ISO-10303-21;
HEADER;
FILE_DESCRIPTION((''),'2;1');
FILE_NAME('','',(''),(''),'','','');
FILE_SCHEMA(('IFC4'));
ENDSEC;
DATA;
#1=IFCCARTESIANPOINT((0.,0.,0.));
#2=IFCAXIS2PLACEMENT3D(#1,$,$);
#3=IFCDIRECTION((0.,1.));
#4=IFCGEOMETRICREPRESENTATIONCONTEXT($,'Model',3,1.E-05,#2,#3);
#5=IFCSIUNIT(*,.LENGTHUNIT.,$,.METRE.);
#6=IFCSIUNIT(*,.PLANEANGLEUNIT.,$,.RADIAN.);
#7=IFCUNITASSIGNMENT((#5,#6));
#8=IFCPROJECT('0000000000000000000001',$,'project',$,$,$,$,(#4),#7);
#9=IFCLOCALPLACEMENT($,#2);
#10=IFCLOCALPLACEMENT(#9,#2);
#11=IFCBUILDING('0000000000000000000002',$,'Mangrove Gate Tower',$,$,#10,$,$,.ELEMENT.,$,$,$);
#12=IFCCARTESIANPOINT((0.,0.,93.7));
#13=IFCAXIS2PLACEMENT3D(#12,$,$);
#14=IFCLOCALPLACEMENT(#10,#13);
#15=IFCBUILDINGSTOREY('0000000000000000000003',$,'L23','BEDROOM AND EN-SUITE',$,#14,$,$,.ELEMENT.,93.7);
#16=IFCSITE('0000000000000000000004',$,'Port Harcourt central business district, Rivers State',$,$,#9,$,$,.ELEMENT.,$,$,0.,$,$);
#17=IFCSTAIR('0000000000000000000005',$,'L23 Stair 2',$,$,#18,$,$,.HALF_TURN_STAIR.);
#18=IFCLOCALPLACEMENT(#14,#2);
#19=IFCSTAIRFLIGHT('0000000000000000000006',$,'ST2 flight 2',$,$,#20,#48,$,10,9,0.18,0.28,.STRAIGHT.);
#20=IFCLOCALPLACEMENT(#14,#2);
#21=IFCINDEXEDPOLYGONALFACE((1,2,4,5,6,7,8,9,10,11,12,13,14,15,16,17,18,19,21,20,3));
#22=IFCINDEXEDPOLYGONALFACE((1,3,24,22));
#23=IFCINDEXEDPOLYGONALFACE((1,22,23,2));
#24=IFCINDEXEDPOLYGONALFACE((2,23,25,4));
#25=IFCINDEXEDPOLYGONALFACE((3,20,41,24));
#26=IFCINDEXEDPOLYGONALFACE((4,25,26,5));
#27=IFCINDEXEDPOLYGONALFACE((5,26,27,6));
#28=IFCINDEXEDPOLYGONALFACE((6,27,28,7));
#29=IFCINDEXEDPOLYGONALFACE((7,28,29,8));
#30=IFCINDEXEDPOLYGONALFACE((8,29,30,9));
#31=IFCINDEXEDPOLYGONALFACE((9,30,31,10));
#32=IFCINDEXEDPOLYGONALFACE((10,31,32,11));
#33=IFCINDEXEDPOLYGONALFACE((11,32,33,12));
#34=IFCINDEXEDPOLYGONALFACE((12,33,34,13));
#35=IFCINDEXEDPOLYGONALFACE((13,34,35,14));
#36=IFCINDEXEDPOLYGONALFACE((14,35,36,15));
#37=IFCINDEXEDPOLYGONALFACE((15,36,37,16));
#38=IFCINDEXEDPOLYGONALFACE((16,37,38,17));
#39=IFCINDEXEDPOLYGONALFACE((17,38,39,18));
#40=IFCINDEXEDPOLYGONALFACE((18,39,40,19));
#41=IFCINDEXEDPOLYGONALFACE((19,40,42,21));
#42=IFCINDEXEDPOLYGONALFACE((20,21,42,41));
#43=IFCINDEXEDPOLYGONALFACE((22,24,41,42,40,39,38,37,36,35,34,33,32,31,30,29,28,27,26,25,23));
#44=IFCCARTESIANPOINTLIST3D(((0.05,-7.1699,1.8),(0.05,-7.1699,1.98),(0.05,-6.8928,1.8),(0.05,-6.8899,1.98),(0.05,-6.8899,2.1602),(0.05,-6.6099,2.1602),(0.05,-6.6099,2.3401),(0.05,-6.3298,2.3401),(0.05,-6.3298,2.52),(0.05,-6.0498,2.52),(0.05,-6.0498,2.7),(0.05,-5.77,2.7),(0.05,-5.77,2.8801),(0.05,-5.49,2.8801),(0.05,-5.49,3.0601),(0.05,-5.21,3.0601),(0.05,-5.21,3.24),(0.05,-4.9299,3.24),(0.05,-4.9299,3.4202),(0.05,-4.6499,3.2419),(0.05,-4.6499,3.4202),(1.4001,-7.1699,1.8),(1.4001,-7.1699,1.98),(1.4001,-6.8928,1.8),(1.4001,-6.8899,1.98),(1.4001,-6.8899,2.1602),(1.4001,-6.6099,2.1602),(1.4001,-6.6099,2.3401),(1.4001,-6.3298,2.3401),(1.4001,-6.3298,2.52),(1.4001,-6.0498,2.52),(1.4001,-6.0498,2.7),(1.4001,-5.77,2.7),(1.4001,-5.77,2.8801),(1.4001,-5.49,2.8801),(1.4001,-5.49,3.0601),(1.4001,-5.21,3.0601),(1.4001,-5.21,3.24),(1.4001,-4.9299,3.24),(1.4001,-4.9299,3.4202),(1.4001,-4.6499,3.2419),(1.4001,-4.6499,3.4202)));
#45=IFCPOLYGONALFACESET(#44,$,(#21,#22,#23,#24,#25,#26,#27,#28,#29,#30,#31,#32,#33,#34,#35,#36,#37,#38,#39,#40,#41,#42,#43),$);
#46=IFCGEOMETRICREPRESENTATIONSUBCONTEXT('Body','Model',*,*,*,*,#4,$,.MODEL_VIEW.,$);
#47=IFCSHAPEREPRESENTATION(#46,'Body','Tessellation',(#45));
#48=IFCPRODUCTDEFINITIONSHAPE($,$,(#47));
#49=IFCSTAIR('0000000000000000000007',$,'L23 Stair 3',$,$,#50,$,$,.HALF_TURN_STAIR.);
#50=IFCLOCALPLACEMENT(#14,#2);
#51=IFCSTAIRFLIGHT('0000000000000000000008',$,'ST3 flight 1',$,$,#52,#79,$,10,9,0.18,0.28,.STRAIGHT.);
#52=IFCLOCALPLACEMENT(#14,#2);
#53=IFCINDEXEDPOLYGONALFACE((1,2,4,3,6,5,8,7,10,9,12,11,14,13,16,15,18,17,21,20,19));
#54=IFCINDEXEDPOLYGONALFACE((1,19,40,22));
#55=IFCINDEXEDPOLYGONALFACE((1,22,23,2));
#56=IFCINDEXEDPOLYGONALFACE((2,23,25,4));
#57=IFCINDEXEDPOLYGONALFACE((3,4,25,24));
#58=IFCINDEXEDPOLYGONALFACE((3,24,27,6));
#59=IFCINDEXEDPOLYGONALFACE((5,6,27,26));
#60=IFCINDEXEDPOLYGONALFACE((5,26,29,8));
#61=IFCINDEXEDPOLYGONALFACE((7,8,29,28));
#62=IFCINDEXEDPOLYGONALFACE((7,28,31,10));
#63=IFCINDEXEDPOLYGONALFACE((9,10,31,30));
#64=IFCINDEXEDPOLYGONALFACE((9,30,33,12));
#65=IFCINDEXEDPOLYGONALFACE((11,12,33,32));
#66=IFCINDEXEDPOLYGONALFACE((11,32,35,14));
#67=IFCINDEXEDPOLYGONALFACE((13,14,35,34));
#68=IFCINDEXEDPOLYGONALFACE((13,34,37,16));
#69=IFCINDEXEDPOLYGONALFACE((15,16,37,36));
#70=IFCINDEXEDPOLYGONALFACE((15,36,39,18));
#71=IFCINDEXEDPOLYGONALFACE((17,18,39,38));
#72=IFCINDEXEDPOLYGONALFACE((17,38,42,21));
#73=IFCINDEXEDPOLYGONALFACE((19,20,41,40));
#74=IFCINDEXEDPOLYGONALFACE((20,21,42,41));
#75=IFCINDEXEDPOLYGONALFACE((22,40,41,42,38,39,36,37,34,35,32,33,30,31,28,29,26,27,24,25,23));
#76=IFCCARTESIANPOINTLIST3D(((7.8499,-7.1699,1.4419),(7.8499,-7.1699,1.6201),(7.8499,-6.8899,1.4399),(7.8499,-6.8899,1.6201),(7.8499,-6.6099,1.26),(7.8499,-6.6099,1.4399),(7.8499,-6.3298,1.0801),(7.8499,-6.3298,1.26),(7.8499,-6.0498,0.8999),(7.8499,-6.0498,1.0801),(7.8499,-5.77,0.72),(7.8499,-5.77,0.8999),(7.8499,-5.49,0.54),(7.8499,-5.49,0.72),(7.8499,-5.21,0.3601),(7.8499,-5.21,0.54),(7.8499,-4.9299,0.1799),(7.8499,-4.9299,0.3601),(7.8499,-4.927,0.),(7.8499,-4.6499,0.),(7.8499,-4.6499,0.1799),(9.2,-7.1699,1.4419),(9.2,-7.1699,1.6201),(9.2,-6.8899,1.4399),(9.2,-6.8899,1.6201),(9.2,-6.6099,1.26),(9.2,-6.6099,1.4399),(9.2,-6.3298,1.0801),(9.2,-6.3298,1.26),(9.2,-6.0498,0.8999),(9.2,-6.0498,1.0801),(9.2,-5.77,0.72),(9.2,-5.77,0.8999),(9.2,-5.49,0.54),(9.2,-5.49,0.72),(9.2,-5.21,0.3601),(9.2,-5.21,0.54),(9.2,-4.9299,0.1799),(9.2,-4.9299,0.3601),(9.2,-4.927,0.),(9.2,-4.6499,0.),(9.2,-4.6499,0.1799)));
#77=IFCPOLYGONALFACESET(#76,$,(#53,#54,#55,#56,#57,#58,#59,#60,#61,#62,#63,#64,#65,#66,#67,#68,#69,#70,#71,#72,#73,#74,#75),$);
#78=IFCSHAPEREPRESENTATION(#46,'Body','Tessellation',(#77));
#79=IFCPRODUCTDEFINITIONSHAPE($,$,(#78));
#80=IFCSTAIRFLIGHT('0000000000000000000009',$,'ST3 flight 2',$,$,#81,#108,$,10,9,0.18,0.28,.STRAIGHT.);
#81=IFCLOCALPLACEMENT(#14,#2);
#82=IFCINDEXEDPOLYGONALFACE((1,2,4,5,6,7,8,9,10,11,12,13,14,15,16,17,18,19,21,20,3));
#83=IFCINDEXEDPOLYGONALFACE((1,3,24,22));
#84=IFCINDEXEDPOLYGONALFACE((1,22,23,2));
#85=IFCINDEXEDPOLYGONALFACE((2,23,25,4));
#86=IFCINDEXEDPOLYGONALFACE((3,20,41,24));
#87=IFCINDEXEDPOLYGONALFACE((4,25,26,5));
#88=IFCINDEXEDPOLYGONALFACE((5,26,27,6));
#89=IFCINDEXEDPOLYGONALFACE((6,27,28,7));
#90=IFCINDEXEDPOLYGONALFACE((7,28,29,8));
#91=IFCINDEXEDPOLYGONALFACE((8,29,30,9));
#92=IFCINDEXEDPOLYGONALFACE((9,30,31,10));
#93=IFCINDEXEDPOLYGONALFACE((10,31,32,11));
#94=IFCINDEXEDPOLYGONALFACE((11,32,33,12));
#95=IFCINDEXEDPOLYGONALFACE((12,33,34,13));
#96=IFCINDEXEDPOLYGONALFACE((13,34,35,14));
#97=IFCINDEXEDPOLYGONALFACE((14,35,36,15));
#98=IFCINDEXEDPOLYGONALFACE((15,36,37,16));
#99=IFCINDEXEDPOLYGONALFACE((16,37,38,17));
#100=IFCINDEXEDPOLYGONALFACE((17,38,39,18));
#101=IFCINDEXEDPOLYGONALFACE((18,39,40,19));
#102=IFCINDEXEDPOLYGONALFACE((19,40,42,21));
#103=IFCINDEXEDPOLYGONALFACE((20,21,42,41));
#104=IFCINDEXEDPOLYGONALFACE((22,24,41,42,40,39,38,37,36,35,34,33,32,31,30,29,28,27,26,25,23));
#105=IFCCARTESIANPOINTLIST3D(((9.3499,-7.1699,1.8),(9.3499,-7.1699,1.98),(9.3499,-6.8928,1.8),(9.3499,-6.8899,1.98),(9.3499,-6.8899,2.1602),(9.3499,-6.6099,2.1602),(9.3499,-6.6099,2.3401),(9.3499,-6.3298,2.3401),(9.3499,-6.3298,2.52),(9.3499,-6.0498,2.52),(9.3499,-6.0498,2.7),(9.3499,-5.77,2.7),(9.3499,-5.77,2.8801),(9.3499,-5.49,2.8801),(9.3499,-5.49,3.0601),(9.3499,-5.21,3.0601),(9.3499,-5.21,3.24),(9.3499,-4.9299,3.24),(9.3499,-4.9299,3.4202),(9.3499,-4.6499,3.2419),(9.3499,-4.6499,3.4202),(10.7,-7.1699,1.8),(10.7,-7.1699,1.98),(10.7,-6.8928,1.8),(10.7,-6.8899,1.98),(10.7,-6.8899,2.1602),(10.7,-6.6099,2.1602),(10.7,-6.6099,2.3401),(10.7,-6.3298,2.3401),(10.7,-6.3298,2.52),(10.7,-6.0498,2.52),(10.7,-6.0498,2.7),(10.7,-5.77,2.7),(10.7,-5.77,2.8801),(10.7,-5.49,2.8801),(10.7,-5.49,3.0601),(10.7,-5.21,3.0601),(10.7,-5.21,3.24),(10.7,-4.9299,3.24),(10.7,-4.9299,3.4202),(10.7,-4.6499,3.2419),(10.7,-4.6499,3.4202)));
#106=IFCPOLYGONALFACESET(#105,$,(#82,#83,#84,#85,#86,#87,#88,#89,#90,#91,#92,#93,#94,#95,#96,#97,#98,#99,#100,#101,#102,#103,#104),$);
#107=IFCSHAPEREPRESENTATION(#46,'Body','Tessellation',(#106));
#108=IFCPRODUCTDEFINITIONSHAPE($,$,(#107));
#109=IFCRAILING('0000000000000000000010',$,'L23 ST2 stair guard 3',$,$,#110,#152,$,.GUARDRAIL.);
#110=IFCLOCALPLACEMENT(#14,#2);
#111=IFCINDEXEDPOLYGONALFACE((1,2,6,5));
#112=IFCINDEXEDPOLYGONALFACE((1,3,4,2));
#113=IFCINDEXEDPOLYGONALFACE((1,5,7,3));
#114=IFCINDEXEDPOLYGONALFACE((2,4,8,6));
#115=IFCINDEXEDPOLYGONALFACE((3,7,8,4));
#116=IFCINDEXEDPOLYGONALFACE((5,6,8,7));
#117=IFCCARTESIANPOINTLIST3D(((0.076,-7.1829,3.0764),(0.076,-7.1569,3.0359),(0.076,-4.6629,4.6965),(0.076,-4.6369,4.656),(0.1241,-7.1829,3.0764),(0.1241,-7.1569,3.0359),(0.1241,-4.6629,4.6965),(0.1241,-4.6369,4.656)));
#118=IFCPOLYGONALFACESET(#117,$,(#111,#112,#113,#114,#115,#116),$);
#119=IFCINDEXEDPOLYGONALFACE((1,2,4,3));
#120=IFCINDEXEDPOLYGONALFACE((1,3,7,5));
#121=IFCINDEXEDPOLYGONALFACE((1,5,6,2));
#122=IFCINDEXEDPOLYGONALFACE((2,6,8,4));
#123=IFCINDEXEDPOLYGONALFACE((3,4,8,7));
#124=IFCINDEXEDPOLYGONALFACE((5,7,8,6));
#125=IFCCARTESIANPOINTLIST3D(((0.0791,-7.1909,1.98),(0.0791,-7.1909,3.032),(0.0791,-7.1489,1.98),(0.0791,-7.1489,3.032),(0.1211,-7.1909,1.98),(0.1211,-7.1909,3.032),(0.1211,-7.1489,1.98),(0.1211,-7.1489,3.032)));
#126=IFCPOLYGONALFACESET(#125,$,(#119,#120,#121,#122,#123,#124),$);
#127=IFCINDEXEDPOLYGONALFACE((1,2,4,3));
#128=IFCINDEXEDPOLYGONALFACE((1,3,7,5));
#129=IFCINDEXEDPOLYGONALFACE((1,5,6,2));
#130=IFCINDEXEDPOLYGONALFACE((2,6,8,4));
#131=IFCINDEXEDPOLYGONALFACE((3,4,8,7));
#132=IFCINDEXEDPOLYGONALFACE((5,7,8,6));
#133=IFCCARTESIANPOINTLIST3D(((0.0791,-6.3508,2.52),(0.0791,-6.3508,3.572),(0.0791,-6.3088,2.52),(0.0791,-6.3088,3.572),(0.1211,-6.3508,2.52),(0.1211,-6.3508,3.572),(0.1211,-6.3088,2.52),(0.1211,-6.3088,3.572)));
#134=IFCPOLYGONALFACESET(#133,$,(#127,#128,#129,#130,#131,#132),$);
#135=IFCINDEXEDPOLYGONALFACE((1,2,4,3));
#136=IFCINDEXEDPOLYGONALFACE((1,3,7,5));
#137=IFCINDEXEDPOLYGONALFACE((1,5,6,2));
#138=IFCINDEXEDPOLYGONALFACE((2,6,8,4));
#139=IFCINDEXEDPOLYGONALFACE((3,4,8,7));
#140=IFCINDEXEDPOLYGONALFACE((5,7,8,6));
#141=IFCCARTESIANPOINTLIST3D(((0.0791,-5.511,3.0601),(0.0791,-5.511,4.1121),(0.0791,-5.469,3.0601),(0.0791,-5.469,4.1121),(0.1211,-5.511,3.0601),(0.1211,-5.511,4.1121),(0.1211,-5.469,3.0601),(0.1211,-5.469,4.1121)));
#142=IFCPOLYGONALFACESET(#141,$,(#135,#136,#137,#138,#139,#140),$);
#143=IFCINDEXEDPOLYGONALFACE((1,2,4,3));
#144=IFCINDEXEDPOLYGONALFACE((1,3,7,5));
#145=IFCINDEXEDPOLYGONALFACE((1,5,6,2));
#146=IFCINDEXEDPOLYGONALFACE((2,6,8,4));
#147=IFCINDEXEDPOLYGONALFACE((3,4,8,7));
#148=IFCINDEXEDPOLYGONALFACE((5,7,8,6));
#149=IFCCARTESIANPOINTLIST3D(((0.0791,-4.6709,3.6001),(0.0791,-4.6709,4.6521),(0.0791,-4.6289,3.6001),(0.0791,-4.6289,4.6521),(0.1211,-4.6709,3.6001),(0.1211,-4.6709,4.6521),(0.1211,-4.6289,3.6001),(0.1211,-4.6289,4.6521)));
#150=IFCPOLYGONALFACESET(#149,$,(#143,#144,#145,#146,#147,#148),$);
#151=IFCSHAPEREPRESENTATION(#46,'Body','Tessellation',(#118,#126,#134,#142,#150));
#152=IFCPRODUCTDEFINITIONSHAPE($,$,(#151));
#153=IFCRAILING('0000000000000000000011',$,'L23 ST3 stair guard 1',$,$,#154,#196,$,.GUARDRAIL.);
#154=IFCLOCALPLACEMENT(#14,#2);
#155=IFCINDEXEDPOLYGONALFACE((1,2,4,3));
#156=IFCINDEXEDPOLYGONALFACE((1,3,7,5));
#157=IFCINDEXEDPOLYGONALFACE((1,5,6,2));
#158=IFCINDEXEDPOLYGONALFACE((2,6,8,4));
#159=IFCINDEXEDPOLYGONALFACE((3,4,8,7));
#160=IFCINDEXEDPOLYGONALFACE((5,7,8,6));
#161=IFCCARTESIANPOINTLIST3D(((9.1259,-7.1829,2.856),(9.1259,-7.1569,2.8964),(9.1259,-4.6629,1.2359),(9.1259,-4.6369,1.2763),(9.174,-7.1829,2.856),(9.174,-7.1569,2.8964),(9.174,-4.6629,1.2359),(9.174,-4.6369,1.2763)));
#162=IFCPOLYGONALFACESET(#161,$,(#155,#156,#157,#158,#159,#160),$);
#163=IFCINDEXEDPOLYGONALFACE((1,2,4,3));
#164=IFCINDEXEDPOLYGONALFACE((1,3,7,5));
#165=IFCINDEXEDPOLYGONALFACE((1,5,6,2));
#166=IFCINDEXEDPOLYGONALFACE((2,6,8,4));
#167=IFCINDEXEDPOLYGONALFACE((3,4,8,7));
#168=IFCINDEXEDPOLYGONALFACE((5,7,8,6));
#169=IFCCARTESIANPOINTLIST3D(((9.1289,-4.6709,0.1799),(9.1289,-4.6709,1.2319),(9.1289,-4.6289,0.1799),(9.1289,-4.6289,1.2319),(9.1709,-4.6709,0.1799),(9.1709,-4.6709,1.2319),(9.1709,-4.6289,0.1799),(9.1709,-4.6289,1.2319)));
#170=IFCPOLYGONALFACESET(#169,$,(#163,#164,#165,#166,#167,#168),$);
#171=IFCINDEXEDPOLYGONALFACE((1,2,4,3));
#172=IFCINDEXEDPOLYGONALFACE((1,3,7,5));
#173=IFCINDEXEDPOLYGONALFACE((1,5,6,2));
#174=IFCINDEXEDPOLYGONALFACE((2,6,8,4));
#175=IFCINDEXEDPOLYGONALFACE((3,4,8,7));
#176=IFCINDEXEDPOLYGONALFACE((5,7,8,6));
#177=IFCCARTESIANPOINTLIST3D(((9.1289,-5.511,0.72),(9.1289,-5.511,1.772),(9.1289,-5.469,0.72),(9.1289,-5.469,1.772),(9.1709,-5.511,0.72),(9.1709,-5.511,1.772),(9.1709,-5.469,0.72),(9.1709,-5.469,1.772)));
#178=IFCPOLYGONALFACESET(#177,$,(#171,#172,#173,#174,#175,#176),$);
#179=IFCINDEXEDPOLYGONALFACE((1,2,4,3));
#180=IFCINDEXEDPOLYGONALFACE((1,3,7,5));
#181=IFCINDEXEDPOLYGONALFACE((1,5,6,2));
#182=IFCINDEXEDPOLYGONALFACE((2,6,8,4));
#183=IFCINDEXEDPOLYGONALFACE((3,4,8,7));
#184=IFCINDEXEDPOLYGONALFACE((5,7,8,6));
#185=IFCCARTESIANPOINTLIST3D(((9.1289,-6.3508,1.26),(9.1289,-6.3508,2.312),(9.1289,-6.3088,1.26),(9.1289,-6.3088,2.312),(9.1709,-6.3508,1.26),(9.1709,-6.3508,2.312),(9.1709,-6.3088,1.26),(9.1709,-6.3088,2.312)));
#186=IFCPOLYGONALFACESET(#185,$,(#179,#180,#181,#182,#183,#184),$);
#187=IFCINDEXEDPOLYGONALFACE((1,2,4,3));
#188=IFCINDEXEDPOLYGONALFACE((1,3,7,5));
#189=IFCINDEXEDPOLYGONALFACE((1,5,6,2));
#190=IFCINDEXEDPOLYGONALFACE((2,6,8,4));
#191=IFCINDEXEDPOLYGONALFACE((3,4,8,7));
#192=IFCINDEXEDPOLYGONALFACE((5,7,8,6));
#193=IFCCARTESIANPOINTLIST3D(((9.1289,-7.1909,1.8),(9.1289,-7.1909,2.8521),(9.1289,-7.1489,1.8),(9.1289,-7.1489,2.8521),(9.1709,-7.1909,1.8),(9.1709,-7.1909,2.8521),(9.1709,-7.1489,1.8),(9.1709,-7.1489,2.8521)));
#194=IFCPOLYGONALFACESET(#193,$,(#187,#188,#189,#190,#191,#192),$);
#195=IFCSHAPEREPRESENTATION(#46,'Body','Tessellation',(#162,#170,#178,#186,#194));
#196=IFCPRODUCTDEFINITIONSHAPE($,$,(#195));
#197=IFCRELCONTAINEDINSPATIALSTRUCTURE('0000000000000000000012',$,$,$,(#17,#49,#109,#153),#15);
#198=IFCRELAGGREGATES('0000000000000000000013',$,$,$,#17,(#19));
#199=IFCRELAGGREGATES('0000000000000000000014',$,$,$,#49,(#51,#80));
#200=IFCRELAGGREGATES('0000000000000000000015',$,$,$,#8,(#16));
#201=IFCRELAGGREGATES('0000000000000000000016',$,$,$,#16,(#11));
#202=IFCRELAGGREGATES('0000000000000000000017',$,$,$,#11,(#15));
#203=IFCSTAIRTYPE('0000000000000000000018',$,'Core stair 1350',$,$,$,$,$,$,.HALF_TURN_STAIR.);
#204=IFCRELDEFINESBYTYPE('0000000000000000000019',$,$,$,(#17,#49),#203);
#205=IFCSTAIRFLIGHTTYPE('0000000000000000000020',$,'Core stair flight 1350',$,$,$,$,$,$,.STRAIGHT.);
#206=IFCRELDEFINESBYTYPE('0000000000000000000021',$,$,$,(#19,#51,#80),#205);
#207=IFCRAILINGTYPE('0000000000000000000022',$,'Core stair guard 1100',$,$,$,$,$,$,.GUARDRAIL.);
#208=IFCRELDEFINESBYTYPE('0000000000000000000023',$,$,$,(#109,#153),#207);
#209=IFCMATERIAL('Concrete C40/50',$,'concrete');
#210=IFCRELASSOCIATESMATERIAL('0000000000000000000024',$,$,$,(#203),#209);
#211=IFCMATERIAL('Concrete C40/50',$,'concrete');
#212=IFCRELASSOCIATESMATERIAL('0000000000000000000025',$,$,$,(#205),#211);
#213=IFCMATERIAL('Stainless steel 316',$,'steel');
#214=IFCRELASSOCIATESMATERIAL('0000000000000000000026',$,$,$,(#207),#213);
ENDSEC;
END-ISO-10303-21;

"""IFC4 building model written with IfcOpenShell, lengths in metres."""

from ifc_helpers import new_model, si_unit, direction, frame, origin, origin_2d, place, context, subcontext, project, spatial, polyline, rectangle, outline, extrude, material, type_object, element, aggregate, save


model = new_model("IFC4")

# Units and contexts
model_context = context("Model", 3, precision=1e-05, world=origin(), true_north=direction((0.0, 1.0)))
body_context = subcontext(model_context, "Body", "Model", "MODEL_VIEW")
ifc_project = project(units=[si_unit("LENGTHUNIT", "METRE"), si_unit("PLANEANGLEUNIT", "RADIAN")], contexts=[model_context])

# Site, building, storey
site_placement = place(None, origin())
site = spatial("IfcSite", under=ifc_project, at=site_placement, Name="Port Harcourt central business district, Rivers State", CompositionType="ELEMENT", RefElevation=0.0)
building_placement = place(site_placement, origin())
building = spatial("IfcBuilding", under=site, at=building_placement, Name="Mangrove Gate Tower", CompositionType="ELEMENT")
storey_placement = place(building_placement, frame((0.0, 0.0, 93.7)))
storey = spatial("IfcBuildingStorey", under=building, at=storey_placement, Name="L23", Description="BEDROOM AND EN-SUITE", CompositionType="ELEMENT", Elevation=93.7)

# Stair, stair flight
ifc_material_1 = material(Name="Concrete C40/50", Category="concrete")
stair_type = type_object("IfcStairType", Name="Core stair 1350", PredefinedType="HALF_TURN_STAIR", material=ifc_material_1)
stair_1_placement = place(storey_placement, origin())
stair_1 = element("IfcStair", 1, at=stair_1_placement, inside=storey, type_object=stair_type, Name="L23 Stair 2", PredefinedType="HALF_TURN_STAIR")
ifc_material_2 = material(Name="Concrete C40/50", Category="concrete")
stair_flight_type = type_object("IfcStairFlightType", Name="Core stair flight 1350", PredefinedType="STRAIGHT", material=ifc_material_2)
stair_flight_1_placement = place(storey_placement, frame((0.7251, -7.1699, 1.8), z_axis=(0.0, 0.0, 1.0), x_axis=(0.0, 1.0, 0.0)))
stair_flight_1 = element("IfcStairFlight", 2, at=stair_flight_1_placement, type_object=stair_flight_type, Name="ST2 flight 2", NumberOfRisers=10, NumberOfTreads=9, PredefinedType="STRAIGHT", RiserHeight=0.18, TreadLength=0.28, context=body_context, shape_type="SweptSolid", body=[
    extrude(outline(polyline([(0.0, 0.0), (0.0, 0.1799), (0.28, 0.1799), (0.28, 0.3601), (0.5601, 0.3601), (0.5601, 0.54), (0.8401, 0.54), (0.8401, 0.72), (1.1201, 0.72), (1.1201, 0.8999), (1.3999, 0.8999), (1.3999, 1.0801), (1.6799, 1.0801), (1.6799, 1.26), (1.96, 1.26), (1.96, 1.4399), (2.24, 1.4399), (2.24, 1.6201), (2.52, 1.6201), (2.52, 1.8), (2.52, 1.4419), (0.2771, 0.0), (0.0, 0.0)])), frame((0.0, 0.675, 0.0), z_axis=(0.0, -1.0, 0.0), x_axis=(1.0, 0.0, 0.0)), (0.0, 0.0, 1.0), 1.3501),
])
aggregate(stair_1, [stair_flight_1])

# Stair, stair flights
stair_2_placement = place(storey_placement, origin())
stair_2 = element("IfcStair", 3, at=stair_2_placement, inside=storey, type_object=stair_type, Name="L23 Stair 3", PredefinedType="HALF_TURN_STAIR")
stair_flight_2_placement = place(storey_placement, frame((8.5249, -4.6499, 0.0), z_axis=(0.0, 0.0, 1.0), x_axis=(0.0, -1.0, 0.0)))
stair_flight_2 = element("IfcStairFlight", 4, at=stair_flight_2_placement, type_object=stair_flight_type, Name="ST3 flight 1", NumberOfRisers=10, NumberOfTreads=9, PredefinedType="STRAIGHT", RiserHeight=0.18, TreadLength=0.28, context=body_context, shape_type="SweptSolid", body=[
    extrude(outline(polyline([(0.0, 0.0), (0.0, 0.1799), (0.28, 0.1799), (0.28, 0.3601), (0.5601, 0.3601), (0.5601, 0.54), (0.8401, 0.54), (0.8401, 0.72), (1.1201, 0.72), (1.1201, 0.8999), (1.3999, 0.8999), (1.3999, 1.0801), (1.6799, 1.0801), (1.6799, 1.26), (1.96, 1.26), (1.96, 1.4399), (2.24, 1.4399), (2.24, 1.6201), (2.52, 1.6201), (2.52, 1.8), (2.52, 1.4419), (0.2771, 0.0), (0.0, 0.0)])), frame((0.0, 0.675, 0.0), z_axis=(0.0, -1.0, 0.0), x_axis=(1.0, 0.0, 0.0)), (0.0, 0.0, 1.0), 1.3501),
])
stair_flight_3_placement = place(storey_placement, frame((10.0249, -7.1699, 1.8), z_axis=(0.0, 0.0, 1.0), x_axis=(0.0, 1.0, 0.0)))
stair_flight_3 = element("IfcStairFlight", 5, at=stair_flight_3_placement, type_object=stair_flight_type, Name="ST3 flight 2", NumberOfRisers=10, NumberOfTreads=9, PredefinedType="STRAIGHT", RiserHeight=0.18, TreadLength=0.28, context=body_context, shape_type="SweptSolid", body=[
    extrude(outline(polyline([(0.0, 0.0), (0.0, 0.1799), (0.28, 0.1799), (0.28, 0.3601), (0.5601, 0.3601), (0.5601, 0.54), (0.8401, 0.54), (0.8401, 0.72), (1.1201, 0.72), (1.1201, 0.8999), (1.3999, 0.8999), (1.3999, 1.0801), (1.6799, 1.0801), (1.6799, 1.26), (1.96, 1.26), (1.96, 1.4399), (2.24, 1.4399), (2.24, 1.6201), (2.52, 1.6201), (2.52, 1.8), (2.52, 1.4419), (0.2771, 0.0), (0.0, 0.0)])), frame((0.0, 0.675, 0.0), z_axis=(0.0, -1.0, 0.0), x_axis=(1.0, 0.0, 0.0)), (0.0, 0.0, 1.0), 1.3501),
])
aggregate(stair_2, [stair_flight_2, stair_flight_3])

# Railings
ifc_material_3 = material(Name="Stainless steel 316", Category="steel")
railing_type_1 = type_object("IfcRailingType", Name="Core stair guard 1100", PredefinedType="GUARDRAIL", material=ifc_material_3)
railing_1_placement = place(storey_placement, frame((0.1001, -7.1699, 1.98)))
element("IfcRailing", 6, at=railing_1_placement, inside=storey, type_object=railing_type_1, Name="L23 ST2 stair guard 3", PredefinedType="GUARDRAIL", context=body_context, shape_type="SweptSolid", body=[
    extrude(rectangle(XDim=0.0481, YDim=0.0481, at=origin_2d()), frame((0.0, 0.0, 1.0762), z_axis=(0.0, 0.841163, 0.540782), x_axis=(-1.0, 0.0, 0.0)), (0.0, 0.0, 1.0), 2.9958),
    extrude(rectangle(XDim=0.042, YDim=0.042, at=origin_2d()), origin(), (0.0, 0.0, 1.0), 1.052),
    extrude(rectangle(XDim=0.042, YDim=0.042, at=origin_2d()), frame((0.0, 0.8401, 0.54)), (0.0, 0.0, 1.0), 1.052),
    extrude(rectangle(XDim=0.042, YDim=0.042, at=origin_2d()), frame((0.0, 1.6799, 1.0801)), (0.0, 0.0, 1.0), 1.052),
    extrude(rectangle(XDim=0.042, YDim=0.042, at=origin_2d()), frame((0.0, 2.52, 1.6201)), (0.0, 0.0, 1.0), 1.052),
])
railing_2_placement = place(storey_placement, frame((9.1499, -4.6499, 0.1799)))
element("IfcRailing", 7, at=railing_2_placement, inside=storey, type_object=railing_type_1, Name="L23 ST3 stair guard 1", PredefinedType="GUARDRAIL", context=body_context, shape_type="SweptSolid", body=[
    extrude(rectangle(XDim=0.0481, YDim=0.0481, at=origin_2d()), frame((0.0, 0.0, 1.0762), z_axis=(0.0, -0.841163, 0.540782), x_axis=(1.0, 0.0, 0.0)), (0.0, 0.0, 1.0), 2.9958),
    extrude(rectangle(XDim=0.042, YDim=0.042, at=origin_2d()), origin(), (0.0, 0.0, 1.0), 1.052),
    extrude(rectangle(XDim=0.042, YDim=0.042, at=origin_2d()), frame((0.0, -0.8401, 0.54)), (0.0, 0.0, 1.0), 1.052),
    extrude(rectangle(XDim=0.042, YDim=0.042, at=origin_2d()), frame((0.0, -1.6799, 1.0801)), (0.0, 0.0, 1.0), 1.052),
    extrude(rectangle(XDim=0.042, YDim=0.042, at=origin_2d()), frame((0.0, -2.52, 1.6201)), (0.0, 0.0, 1.0), 1.052),
])

save(model, "model.ifc")
